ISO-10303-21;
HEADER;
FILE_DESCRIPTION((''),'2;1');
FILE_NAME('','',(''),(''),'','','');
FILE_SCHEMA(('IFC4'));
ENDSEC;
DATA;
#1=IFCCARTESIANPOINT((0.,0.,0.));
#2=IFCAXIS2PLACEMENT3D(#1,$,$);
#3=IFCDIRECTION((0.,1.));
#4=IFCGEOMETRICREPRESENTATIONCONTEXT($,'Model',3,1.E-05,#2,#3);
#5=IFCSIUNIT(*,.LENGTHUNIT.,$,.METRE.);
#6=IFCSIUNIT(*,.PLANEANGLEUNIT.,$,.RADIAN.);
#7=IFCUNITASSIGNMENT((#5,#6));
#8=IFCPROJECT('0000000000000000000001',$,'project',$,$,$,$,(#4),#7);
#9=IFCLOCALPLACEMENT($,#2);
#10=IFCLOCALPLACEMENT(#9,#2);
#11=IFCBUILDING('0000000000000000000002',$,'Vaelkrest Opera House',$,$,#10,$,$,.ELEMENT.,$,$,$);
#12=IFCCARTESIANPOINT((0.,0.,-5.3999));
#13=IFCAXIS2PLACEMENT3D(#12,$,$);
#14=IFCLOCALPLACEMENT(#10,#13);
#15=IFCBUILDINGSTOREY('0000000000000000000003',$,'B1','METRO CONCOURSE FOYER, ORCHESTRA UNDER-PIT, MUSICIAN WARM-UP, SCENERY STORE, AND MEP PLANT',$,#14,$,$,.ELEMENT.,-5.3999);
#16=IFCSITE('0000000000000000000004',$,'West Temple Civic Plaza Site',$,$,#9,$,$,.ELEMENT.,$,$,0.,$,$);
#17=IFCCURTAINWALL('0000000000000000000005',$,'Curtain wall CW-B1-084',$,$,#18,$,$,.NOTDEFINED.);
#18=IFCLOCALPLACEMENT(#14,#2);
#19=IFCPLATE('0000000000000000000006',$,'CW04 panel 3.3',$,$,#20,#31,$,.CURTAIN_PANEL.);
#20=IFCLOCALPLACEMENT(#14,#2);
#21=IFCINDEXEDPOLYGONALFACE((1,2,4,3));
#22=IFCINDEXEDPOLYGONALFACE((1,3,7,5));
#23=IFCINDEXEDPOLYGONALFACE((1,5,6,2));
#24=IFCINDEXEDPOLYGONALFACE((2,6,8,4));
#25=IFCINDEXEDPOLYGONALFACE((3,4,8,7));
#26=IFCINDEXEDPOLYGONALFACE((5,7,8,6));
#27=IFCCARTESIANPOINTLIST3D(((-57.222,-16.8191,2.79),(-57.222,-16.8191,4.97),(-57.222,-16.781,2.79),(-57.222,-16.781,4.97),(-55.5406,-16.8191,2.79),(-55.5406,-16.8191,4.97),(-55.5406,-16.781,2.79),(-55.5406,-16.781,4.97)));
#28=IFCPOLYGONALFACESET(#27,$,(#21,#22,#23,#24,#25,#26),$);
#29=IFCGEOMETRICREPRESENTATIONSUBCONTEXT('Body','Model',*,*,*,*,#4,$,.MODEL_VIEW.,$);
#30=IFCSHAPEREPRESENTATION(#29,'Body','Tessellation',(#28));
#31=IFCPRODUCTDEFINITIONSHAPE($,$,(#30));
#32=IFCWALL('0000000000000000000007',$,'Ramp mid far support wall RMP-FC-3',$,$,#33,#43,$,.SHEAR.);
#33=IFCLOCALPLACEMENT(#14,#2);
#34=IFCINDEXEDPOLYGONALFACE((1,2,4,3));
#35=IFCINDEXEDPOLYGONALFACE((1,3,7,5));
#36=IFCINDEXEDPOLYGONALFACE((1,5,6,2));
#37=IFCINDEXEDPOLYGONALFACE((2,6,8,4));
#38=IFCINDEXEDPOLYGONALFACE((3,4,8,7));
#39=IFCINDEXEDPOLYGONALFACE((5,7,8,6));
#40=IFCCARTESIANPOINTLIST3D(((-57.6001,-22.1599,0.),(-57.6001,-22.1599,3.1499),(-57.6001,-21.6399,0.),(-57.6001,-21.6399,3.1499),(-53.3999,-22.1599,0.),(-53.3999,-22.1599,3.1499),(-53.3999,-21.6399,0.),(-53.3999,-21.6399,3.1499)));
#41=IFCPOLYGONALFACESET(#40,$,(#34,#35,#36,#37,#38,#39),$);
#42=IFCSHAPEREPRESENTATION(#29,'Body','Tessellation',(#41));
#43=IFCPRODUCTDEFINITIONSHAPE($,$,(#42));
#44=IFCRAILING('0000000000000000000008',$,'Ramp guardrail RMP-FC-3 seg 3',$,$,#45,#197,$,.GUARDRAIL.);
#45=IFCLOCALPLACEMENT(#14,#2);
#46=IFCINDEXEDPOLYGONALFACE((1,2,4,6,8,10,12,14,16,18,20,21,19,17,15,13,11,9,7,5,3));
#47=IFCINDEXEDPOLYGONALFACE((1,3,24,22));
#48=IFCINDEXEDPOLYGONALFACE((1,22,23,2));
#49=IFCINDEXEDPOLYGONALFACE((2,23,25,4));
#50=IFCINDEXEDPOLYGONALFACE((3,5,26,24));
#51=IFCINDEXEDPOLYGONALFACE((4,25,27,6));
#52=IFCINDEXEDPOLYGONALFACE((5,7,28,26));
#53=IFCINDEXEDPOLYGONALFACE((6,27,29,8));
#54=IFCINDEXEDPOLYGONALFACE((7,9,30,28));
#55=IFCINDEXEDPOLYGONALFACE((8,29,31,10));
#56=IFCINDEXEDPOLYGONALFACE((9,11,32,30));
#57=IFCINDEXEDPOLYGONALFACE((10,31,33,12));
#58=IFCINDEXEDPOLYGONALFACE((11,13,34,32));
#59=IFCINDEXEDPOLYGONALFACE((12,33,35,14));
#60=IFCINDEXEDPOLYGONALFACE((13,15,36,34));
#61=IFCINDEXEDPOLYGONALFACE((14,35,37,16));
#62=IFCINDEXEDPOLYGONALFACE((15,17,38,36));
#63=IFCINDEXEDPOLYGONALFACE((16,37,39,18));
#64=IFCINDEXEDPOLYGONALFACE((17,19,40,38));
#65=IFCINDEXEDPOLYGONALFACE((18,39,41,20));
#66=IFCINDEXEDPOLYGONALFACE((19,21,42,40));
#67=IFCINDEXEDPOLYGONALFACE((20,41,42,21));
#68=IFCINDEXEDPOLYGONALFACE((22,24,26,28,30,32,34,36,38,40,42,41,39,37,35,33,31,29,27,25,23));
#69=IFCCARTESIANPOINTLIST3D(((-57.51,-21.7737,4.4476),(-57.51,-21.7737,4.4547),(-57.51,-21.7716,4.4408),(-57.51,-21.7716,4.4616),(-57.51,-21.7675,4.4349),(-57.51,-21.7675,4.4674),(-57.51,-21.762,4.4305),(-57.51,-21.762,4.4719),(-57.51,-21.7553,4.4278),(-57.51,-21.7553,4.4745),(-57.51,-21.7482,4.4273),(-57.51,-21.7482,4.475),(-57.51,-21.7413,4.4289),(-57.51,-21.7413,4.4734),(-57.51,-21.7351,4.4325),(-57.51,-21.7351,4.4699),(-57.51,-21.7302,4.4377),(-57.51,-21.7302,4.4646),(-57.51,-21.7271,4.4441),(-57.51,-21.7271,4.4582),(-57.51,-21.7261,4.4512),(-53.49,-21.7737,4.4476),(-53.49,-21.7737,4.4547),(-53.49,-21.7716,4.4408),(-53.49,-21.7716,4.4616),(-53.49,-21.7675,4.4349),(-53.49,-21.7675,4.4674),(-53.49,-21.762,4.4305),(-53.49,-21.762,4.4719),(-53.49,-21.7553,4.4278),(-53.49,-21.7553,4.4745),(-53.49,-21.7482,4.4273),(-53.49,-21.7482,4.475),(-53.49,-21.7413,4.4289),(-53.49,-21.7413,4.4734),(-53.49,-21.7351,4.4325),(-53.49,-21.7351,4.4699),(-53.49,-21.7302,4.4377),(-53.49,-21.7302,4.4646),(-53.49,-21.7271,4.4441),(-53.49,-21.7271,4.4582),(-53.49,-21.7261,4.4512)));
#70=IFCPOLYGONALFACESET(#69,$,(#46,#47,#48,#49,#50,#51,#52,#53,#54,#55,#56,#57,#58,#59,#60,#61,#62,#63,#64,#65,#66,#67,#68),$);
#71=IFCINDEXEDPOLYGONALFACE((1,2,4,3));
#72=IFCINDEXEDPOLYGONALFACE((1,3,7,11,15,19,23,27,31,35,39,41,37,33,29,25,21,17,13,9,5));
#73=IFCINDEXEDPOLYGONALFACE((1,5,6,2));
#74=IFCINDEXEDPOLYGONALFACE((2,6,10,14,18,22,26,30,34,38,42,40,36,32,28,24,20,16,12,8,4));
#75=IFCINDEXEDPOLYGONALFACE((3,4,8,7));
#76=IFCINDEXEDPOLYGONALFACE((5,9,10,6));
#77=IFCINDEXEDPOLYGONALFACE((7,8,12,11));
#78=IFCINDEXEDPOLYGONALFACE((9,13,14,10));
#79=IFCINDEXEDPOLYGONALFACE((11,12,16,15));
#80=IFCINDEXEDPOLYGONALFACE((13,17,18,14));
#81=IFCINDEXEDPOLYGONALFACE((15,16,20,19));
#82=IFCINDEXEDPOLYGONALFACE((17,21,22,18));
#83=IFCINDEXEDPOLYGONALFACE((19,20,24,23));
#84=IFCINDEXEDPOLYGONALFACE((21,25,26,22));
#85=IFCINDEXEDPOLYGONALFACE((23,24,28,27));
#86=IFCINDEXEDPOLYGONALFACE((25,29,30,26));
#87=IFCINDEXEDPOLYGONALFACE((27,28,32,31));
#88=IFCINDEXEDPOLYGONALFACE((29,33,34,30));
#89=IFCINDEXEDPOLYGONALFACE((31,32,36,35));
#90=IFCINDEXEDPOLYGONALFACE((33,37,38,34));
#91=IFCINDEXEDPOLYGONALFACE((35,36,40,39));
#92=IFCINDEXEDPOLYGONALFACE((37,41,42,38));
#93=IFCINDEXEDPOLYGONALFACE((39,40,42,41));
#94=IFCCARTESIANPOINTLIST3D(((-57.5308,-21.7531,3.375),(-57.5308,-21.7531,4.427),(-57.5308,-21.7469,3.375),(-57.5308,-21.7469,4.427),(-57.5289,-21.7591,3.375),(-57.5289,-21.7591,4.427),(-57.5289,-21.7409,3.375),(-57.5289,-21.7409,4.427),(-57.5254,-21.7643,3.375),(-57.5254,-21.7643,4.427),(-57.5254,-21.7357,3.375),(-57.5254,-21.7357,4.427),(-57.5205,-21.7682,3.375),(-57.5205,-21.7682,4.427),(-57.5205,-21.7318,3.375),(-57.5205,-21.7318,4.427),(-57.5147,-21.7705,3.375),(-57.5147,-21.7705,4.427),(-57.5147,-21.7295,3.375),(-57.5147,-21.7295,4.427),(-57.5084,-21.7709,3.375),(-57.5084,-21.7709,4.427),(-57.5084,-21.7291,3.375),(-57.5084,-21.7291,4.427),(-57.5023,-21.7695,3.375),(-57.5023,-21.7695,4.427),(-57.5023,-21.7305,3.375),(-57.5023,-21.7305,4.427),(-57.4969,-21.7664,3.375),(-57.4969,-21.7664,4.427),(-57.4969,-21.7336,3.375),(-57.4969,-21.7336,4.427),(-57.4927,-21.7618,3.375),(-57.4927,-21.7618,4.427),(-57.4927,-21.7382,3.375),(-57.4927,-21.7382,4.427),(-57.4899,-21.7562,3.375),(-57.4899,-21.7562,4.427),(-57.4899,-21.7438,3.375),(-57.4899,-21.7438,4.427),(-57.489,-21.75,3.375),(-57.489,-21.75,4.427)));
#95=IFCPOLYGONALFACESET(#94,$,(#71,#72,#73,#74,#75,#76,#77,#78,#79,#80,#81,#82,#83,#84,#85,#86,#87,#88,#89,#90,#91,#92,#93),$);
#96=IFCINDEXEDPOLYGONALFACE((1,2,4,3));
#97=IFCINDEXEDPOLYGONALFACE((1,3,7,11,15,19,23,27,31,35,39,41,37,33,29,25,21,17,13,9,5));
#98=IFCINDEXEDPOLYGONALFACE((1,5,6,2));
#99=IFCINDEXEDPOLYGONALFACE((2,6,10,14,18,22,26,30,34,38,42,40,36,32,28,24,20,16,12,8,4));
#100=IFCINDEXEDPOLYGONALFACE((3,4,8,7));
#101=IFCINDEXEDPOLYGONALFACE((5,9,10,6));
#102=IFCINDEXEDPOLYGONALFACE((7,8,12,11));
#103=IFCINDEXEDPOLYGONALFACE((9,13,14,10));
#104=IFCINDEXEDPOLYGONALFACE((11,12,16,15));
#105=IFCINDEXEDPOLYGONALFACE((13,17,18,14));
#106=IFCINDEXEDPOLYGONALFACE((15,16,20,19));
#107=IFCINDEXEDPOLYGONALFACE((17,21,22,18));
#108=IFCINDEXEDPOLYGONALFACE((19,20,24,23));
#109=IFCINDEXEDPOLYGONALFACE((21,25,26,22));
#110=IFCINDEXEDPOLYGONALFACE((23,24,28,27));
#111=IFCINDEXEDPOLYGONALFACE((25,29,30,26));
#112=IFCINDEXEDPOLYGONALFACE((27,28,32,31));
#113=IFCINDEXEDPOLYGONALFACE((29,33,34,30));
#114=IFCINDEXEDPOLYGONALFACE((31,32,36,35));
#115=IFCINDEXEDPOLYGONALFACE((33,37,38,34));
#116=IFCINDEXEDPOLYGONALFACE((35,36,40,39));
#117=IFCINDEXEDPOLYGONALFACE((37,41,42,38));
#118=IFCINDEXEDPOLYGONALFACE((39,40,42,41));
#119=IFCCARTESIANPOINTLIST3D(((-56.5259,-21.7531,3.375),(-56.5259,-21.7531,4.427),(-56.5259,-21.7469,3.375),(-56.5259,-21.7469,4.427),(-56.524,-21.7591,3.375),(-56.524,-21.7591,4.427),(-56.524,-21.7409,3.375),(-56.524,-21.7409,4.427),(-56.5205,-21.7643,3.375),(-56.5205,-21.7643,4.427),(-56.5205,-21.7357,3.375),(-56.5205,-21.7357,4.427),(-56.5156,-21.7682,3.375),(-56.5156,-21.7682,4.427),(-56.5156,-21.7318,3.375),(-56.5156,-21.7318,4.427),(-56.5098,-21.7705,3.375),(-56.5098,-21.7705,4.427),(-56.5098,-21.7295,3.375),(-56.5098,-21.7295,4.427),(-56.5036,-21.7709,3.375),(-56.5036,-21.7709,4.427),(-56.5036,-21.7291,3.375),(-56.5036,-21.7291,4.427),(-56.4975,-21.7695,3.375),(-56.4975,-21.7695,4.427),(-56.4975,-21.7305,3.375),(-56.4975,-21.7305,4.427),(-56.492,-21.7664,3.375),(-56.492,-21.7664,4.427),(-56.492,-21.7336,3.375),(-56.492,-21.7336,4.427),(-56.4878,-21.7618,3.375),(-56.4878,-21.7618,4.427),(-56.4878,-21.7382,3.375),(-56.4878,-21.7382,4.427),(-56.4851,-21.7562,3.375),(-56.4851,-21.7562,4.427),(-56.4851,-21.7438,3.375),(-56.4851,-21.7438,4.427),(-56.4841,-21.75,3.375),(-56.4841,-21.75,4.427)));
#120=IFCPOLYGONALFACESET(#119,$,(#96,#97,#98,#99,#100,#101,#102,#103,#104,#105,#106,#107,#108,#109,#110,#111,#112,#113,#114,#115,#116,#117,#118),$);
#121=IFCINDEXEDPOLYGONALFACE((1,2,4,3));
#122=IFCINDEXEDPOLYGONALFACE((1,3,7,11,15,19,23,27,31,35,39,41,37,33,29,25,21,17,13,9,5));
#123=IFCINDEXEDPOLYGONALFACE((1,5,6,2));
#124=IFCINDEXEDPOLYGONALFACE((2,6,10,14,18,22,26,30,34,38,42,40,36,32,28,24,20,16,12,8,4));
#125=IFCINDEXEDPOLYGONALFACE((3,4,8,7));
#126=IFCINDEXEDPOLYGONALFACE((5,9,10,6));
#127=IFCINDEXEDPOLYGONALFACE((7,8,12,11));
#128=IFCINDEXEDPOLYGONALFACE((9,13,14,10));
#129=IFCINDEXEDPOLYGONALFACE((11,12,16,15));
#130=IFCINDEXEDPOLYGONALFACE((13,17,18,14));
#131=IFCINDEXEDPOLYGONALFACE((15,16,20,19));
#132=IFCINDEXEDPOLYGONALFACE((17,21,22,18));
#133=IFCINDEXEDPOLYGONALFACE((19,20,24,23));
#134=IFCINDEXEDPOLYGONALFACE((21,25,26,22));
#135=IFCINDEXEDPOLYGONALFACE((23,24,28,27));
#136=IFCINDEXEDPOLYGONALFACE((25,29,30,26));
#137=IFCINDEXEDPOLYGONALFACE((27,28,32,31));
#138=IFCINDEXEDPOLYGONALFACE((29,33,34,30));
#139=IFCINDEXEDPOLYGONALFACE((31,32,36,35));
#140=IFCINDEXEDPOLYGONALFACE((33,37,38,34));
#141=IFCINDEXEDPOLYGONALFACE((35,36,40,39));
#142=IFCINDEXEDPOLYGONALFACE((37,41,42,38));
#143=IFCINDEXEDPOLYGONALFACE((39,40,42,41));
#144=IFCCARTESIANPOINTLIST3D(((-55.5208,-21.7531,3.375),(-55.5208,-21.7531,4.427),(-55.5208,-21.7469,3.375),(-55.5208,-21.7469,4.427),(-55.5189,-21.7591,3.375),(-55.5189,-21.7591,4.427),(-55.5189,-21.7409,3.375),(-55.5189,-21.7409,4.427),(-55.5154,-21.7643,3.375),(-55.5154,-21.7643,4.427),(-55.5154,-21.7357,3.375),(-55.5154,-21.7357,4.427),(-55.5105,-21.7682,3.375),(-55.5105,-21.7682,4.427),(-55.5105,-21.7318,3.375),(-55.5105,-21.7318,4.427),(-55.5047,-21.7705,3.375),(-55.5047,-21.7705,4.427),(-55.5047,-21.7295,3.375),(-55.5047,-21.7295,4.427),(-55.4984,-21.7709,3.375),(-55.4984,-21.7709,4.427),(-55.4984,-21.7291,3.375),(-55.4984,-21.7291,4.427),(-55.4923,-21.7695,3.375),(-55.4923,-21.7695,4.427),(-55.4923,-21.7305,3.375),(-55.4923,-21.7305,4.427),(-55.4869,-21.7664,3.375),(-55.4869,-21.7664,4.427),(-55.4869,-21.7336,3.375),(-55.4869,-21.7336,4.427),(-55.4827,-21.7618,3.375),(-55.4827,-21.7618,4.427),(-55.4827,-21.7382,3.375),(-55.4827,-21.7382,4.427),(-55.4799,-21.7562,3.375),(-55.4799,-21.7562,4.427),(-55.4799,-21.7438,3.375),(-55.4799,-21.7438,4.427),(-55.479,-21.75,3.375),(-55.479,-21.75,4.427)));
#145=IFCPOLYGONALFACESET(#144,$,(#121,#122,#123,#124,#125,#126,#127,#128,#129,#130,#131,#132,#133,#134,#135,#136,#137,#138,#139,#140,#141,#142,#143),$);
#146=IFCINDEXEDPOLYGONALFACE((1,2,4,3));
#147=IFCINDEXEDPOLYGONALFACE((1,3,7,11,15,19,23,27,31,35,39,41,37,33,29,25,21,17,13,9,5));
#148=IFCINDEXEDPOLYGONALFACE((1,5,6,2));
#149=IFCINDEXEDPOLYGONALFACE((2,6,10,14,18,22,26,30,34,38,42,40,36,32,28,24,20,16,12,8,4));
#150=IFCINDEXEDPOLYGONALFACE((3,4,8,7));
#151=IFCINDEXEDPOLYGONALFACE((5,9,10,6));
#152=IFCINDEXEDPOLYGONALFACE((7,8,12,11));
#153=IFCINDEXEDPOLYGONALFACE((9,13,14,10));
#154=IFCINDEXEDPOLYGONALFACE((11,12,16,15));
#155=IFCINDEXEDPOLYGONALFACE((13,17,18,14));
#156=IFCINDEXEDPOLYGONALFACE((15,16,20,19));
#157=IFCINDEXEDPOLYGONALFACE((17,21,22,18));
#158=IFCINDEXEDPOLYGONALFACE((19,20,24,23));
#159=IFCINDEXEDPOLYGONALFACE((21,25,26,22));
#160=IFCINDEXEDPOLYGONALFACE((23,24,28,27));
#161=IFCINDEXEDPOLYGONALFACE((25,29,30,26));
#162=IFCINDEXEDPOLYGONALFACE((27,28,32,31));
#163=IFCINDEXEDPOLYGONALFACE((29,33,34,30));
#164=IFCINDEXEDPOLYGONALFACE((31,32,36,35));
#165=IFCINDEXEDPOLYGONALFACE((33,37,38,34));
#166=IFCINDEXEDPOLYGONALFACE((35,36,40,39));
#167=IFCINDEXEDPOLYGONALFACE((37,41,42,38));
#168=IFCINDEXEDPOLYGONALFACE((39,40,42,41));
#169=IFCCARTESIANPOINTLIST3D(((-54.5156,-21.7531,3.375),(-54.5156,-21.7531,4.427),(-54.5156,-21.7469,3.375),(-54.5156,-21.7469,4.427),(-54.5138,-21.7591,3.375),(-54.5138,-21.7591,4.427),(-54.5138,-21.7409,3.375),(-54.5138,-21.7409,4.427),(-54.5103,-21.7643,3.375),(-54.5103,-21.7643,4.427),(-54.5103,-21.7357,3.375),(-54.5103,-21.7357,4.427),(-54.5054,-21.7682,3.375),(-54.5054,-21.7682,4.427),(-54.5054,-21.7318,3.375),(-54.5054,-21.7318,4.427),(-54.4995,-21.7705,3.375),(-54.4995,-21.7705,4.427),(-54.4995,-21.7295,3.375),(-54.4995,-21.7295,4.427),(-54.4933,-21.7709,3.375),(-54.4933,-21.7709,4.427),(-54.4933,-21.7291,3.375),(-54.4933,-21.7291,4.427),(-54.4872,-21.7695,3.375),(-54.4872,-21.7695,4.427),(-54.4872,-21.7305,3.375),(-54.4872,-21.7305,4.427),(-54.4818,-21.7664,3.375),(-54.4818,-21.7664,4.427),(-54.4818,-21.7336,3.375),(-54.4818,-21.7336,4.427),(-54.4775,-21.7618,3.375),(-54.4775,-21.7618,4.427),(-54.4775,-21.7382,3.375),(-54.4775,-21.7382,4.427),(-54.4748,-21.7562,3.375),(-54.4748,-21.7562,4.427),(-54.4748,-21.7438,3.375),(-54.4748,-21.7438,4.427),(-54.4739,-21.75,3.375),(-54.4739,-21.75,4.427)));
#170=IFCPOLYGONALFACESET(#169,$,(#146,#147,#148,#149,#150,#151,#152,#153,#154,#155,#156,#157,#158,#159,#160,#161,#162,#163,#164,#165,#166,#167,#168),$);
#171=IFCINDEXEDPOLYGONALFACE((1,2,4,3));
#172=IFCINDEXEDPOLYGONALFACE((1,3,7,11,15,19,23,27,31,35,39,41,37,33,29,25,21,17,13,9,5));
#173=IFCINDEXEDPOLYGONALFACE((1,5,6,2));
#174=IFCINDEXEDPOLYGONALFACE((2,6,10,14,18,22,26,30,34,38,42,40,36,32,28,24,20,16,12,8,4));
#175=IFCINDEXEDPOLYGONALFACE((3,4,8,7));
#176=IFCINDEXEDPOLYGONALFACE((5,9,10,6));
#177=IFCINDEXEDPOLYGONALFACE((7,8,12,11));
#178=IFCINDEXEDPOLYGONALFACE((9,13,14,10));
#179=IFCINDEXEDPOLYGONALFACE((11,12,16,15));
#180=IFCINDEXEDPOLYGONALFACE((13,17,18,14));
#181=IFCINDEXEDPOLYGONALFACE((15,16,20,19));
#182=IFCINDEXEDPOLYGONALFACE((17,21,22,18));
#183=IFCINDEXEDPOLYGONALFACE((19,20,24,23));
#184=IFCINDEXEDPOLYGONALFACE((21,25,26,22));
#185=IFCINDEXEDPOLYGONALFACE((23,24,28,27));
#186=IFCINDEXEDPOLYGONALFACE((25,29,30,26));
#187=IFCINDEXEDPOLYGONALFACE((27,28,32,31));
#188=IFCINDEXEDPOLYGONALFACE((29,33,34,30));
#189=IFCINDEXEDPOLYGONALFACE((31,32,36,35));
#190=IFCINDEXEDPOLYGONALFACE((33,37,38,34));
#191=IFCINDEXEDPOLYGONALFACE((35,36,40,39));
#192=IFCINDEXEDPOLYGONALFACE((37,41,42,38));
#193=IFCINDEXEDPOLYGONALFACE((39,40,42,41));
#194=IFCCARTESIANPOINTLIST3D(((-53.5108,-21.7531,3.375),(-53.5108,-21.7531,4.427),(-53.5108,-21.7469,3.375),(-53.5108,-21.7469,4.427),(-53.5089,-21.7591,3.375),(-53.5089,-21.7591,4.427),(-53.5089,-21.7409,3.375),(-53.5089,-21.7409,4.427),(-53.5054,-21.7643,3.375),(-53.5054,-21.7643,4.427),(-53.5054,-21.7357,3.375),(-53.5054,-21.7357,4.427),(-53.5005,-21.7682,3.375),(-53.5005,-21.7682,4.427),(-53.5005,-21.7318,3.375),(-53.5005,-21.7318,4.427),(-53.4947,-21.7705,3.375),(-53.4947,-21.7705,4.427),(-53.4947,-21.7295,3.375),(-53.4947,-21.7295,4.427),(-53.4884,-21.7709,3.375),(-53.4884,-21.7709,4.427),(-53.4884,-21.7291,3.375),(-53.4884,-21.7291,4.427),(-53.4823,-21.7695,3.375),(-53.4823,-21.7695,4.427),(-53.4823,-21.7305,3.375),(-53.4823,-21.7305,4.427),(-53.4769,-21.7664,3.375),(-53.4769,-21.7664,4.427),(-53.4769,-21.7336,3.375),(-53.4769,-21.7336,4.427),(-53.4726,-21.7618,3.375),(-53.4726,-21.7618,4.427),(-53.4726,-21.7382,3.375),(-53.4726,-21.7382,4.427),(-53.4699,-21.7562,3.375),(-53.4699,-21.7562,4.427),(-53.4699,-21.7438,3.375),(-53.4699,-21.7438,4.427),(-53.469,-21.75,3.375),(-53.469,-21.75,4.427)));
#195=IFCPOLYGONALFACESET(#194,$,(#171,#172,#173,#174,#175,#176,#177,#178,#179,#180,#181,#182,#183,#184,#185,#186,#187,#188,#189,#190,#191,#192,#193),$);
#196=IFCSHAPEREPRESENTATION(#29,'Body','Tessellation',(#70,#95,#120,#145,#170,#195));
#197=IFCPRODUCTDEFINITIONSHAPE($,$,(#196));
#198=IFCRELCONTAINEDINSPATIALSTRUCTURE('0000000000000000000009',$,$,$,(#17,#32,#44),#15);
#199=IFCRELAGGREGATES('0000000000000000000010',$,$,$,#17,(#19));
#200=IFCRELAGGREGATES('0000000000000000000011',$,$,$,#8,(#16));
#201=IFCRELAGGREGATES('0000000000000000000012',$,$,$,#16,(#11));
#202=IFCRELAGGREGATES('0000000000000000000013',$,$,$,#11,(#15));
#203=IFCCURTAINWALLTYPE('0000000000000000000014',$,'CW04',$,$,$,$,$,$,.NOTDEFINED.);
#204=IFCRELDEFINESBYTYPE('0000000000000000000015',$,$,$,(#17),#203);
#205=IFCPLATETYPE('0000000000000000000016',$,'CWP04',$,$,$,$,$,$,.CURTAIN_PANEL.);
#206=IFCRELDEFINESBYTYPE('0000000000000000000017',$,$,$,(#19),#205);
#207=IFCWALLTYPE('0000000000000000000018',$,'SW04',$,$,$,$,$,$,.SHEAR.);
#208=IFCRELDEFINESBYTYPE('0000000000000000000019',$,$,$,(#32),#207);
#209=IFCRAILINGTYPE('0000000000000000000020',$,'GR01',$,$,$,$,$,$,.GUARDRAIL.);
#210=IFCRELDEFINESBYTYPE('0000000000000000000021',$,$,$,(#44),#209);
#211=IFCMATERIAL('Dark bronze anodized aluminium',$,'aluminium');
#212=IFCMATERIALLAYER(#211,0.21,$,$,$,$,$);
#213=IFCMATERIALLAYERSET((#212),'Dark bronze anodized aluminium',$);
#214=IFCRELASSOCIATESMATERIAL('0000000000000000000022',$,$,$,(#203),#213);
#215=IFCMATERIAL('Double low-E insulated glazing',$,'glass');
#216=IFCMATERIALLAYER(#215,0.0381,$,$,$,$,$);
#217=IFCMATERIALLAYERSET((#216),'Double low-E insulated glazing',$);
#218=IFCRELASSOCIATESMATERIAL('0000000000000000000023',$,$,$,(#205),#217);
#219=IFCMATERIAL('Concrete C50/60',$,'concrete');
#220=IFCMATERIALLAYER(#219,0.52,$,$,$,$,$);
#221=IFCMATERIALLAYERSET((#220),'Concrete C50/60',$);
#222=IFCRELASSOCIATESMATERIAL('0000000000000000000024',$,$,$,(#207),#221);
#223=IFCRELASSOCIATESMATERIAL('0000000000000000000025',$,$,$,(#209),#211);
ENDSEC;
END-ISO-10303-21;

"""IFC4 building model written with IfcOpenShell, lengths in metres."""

from ifc_helpers import new_model, si_unit, direction, frame, frame_2d, origin, origin_2d, place, context, subcontext, project, spatial, rectangle, circle, extrude, material, layer, layer_set, type_object, element, aggregate, save


model = new_model("IFC4")

# Units and contexts
model_context = context("Model", 3, precision=1e-05, world=origin(), true_north=direction((0.0, 1.0)))
body_context = subcontext(model_context, "Body", "Model", "MODEL_VIEW")
ifc_project = project(units=[si_unit("LENGTHUNIT", "METRE"), si_unit("PLANEANGLEUNIT", "RADIAN")], contexts=[model_context])

# Site, building, storey
site_placement = place(None, origin())
site = spatial("IfcSite", under=ifc_project, at=site_placement, Name="West Temple Civic Plaza Site", CompositionType="ELEMENT", RefElevation=0.0)
building_placement = place(site_placement, origin())
building = spatial("IfcBuilding", under=site, at=building_placement, Name="Vaelkrest Opera House", CompositionType="ELEMENT")
storey_placement = place(building_placement, frame((0.0, 0.0, -5.3999)))
storey = spatial("IfcBuildingStorey", under=building, at=storey_placement, Name="B1", Description="METRO CONCOURSE FOYER, ORCHESTRA UNDER-PIT, MUSICIAN WARM-UP, SCENERY STORE, AND MEP PLANT", CompositionType="ELEMENT", Elevation=-5.3999)

# Shared definitions
ifc_material_1 = material(Name="Concrete C50/60", Category="concrete")

# Shared definitions
ifc_material_2 = material(Name="Dark bronze anodized aluminium", Category="aluminium")

# Curtain wall
ifc_layer_1 = layer(ifc_material_2, 0.21)
ifc_layer_set_1 = layer_set([ifc_layer_1], Name="Dark bronze anodized aluminium")
curtain_wall_type_1 = type_object("IfcCurtainWallType", Name="CW04", PredefinedType="NOTDEFINED", material=ifc_layer_set_1)
curtain_wall_1_placement = place(storey_placement, origin())
curtain_wall_1 = element("IfcCurtainWall", 1, at=curtain_wall_1_placement, inside=storey, type_object=curtain_wall_type_1, Name="Curtain wall CW-B1-084", PredefinedType="NOTDEFINED")

# Plate
ifc_material_3 = material(Name="Double low-E insulated glazing", Category="glass")
ifc_layer_2 = layer(ifc_material_3, 0.0381)
ifc_layer_set_2 = layer_set([ifc_layer_2], Name="Double low-E insulated glazing")
plate_type = type_object("IfcPlateType", Name="CWP04", PredefinedType="CURTAIN_PANEL", material=ifc_layer_set_2)
plate_1_placement = place(storey_placement, frame((-56.3813, -16.8, 2.79), z_axis=(0.0, 0.0, 1.0), x_axis=(-1.0, 0.0, 0.0)))
plate_1 = element("IfcPlate", 2, at=plate_1_placement, type_object=plate_type, Name="CW04 panel 3.3", PredefinedType="CURTAIN_PANEL", context=body_context, shape_type="SweptSolid", body=[
    extrude(rectangle(XDim=1.6814, YDim=0.0381, at=origin_2d()), origin(), (0.0, 0.0, 1.0), 2.1799),
])
aggregate(curtain_wall_1, [plate_1])

# Wall
ifc_layer_3 = layer(ifc_material_1, 0.52)
ifc_layer_set_3 = layer_set([ifc_layer_3], Name="Concrete C50/60")
wall_type = type_object("IfcWallType", Name="SW04", PredefinedType="SHEAR", material=ifc_layer_set_3)
wall_placement = place(storey_placement, frame((-57.6001, -21.8999, 0.0), z_axis=(0.0, 0.0, 1.0), x_axis=(1.0, 0.0, 0.0)))
element("IfcWall", 3, at=wall_placement, inside=storey, type_object=wall_type, Name="Ramp mid far support wall RMP-FC-3", PredefinedType="SHEAR", context=body_context, shape_type="SweptSolid", body=[
    extrude(rectangle(XDim=4.2002, YDim=0.52, at=frame_2d((2.1001, 0.0))), origin(), (0.0, 0.0, 1.0), 3.1499),
])

# Railing
railing_type = type_object("IfcRailingType", Name="GR01", PredefinedType="GUARDRAIL", material=ifc_material_2)
railing_placement = place(storey_placement, frame((-57.51, -21.75, 3.375)))
element("IfcRailing", 4, at=railing_placement, inside=storey, type_object=railing_type, Name="Ramp guardrail RMP-FC-3 seg 3", PredefinedType="GUARDRAIL", context=body_context, shape_type="SweptSolid", body=[
    extrude(circle(Radius=0.0239, at=origin_2d()), frame((0.0, 0.0, 1.0762), z_axis=(1.0, 0.0, 0.0), x_axis=(0.0, 1.0, 0.0)), (0.0, 0.0, 1.0), 4.02),
    extrude(circle(Radius=0.021, at=origin_2d()), origin(), (0.0, 0.0, 1.0), 1.052),
    extrude(circle(Radius=0.021, at=origin_2d()), frame((1.0049, 0.0, 0.0)), (0.0, 0.0, 1.0), 1.052),
    extrude(circle(Radius=0.021, at=origin_2d()), frame((2.01, 0.0, 0.0)), (0.0, 0.0, 1.0), 1.052),
    extrude(circle(Radius=0.021, at=origin_2d()), frame((3.0151, 0.0, 0.0)), (0.0, 0.0, 1.0), 1.052),
    extrude(circle(Radius=0.021, at=origin_2d()), frame((4.02, 0.0, 0.0)), (0.0, 0.0, 1.0), 1.052),
])

save(model, "model.ifc")
